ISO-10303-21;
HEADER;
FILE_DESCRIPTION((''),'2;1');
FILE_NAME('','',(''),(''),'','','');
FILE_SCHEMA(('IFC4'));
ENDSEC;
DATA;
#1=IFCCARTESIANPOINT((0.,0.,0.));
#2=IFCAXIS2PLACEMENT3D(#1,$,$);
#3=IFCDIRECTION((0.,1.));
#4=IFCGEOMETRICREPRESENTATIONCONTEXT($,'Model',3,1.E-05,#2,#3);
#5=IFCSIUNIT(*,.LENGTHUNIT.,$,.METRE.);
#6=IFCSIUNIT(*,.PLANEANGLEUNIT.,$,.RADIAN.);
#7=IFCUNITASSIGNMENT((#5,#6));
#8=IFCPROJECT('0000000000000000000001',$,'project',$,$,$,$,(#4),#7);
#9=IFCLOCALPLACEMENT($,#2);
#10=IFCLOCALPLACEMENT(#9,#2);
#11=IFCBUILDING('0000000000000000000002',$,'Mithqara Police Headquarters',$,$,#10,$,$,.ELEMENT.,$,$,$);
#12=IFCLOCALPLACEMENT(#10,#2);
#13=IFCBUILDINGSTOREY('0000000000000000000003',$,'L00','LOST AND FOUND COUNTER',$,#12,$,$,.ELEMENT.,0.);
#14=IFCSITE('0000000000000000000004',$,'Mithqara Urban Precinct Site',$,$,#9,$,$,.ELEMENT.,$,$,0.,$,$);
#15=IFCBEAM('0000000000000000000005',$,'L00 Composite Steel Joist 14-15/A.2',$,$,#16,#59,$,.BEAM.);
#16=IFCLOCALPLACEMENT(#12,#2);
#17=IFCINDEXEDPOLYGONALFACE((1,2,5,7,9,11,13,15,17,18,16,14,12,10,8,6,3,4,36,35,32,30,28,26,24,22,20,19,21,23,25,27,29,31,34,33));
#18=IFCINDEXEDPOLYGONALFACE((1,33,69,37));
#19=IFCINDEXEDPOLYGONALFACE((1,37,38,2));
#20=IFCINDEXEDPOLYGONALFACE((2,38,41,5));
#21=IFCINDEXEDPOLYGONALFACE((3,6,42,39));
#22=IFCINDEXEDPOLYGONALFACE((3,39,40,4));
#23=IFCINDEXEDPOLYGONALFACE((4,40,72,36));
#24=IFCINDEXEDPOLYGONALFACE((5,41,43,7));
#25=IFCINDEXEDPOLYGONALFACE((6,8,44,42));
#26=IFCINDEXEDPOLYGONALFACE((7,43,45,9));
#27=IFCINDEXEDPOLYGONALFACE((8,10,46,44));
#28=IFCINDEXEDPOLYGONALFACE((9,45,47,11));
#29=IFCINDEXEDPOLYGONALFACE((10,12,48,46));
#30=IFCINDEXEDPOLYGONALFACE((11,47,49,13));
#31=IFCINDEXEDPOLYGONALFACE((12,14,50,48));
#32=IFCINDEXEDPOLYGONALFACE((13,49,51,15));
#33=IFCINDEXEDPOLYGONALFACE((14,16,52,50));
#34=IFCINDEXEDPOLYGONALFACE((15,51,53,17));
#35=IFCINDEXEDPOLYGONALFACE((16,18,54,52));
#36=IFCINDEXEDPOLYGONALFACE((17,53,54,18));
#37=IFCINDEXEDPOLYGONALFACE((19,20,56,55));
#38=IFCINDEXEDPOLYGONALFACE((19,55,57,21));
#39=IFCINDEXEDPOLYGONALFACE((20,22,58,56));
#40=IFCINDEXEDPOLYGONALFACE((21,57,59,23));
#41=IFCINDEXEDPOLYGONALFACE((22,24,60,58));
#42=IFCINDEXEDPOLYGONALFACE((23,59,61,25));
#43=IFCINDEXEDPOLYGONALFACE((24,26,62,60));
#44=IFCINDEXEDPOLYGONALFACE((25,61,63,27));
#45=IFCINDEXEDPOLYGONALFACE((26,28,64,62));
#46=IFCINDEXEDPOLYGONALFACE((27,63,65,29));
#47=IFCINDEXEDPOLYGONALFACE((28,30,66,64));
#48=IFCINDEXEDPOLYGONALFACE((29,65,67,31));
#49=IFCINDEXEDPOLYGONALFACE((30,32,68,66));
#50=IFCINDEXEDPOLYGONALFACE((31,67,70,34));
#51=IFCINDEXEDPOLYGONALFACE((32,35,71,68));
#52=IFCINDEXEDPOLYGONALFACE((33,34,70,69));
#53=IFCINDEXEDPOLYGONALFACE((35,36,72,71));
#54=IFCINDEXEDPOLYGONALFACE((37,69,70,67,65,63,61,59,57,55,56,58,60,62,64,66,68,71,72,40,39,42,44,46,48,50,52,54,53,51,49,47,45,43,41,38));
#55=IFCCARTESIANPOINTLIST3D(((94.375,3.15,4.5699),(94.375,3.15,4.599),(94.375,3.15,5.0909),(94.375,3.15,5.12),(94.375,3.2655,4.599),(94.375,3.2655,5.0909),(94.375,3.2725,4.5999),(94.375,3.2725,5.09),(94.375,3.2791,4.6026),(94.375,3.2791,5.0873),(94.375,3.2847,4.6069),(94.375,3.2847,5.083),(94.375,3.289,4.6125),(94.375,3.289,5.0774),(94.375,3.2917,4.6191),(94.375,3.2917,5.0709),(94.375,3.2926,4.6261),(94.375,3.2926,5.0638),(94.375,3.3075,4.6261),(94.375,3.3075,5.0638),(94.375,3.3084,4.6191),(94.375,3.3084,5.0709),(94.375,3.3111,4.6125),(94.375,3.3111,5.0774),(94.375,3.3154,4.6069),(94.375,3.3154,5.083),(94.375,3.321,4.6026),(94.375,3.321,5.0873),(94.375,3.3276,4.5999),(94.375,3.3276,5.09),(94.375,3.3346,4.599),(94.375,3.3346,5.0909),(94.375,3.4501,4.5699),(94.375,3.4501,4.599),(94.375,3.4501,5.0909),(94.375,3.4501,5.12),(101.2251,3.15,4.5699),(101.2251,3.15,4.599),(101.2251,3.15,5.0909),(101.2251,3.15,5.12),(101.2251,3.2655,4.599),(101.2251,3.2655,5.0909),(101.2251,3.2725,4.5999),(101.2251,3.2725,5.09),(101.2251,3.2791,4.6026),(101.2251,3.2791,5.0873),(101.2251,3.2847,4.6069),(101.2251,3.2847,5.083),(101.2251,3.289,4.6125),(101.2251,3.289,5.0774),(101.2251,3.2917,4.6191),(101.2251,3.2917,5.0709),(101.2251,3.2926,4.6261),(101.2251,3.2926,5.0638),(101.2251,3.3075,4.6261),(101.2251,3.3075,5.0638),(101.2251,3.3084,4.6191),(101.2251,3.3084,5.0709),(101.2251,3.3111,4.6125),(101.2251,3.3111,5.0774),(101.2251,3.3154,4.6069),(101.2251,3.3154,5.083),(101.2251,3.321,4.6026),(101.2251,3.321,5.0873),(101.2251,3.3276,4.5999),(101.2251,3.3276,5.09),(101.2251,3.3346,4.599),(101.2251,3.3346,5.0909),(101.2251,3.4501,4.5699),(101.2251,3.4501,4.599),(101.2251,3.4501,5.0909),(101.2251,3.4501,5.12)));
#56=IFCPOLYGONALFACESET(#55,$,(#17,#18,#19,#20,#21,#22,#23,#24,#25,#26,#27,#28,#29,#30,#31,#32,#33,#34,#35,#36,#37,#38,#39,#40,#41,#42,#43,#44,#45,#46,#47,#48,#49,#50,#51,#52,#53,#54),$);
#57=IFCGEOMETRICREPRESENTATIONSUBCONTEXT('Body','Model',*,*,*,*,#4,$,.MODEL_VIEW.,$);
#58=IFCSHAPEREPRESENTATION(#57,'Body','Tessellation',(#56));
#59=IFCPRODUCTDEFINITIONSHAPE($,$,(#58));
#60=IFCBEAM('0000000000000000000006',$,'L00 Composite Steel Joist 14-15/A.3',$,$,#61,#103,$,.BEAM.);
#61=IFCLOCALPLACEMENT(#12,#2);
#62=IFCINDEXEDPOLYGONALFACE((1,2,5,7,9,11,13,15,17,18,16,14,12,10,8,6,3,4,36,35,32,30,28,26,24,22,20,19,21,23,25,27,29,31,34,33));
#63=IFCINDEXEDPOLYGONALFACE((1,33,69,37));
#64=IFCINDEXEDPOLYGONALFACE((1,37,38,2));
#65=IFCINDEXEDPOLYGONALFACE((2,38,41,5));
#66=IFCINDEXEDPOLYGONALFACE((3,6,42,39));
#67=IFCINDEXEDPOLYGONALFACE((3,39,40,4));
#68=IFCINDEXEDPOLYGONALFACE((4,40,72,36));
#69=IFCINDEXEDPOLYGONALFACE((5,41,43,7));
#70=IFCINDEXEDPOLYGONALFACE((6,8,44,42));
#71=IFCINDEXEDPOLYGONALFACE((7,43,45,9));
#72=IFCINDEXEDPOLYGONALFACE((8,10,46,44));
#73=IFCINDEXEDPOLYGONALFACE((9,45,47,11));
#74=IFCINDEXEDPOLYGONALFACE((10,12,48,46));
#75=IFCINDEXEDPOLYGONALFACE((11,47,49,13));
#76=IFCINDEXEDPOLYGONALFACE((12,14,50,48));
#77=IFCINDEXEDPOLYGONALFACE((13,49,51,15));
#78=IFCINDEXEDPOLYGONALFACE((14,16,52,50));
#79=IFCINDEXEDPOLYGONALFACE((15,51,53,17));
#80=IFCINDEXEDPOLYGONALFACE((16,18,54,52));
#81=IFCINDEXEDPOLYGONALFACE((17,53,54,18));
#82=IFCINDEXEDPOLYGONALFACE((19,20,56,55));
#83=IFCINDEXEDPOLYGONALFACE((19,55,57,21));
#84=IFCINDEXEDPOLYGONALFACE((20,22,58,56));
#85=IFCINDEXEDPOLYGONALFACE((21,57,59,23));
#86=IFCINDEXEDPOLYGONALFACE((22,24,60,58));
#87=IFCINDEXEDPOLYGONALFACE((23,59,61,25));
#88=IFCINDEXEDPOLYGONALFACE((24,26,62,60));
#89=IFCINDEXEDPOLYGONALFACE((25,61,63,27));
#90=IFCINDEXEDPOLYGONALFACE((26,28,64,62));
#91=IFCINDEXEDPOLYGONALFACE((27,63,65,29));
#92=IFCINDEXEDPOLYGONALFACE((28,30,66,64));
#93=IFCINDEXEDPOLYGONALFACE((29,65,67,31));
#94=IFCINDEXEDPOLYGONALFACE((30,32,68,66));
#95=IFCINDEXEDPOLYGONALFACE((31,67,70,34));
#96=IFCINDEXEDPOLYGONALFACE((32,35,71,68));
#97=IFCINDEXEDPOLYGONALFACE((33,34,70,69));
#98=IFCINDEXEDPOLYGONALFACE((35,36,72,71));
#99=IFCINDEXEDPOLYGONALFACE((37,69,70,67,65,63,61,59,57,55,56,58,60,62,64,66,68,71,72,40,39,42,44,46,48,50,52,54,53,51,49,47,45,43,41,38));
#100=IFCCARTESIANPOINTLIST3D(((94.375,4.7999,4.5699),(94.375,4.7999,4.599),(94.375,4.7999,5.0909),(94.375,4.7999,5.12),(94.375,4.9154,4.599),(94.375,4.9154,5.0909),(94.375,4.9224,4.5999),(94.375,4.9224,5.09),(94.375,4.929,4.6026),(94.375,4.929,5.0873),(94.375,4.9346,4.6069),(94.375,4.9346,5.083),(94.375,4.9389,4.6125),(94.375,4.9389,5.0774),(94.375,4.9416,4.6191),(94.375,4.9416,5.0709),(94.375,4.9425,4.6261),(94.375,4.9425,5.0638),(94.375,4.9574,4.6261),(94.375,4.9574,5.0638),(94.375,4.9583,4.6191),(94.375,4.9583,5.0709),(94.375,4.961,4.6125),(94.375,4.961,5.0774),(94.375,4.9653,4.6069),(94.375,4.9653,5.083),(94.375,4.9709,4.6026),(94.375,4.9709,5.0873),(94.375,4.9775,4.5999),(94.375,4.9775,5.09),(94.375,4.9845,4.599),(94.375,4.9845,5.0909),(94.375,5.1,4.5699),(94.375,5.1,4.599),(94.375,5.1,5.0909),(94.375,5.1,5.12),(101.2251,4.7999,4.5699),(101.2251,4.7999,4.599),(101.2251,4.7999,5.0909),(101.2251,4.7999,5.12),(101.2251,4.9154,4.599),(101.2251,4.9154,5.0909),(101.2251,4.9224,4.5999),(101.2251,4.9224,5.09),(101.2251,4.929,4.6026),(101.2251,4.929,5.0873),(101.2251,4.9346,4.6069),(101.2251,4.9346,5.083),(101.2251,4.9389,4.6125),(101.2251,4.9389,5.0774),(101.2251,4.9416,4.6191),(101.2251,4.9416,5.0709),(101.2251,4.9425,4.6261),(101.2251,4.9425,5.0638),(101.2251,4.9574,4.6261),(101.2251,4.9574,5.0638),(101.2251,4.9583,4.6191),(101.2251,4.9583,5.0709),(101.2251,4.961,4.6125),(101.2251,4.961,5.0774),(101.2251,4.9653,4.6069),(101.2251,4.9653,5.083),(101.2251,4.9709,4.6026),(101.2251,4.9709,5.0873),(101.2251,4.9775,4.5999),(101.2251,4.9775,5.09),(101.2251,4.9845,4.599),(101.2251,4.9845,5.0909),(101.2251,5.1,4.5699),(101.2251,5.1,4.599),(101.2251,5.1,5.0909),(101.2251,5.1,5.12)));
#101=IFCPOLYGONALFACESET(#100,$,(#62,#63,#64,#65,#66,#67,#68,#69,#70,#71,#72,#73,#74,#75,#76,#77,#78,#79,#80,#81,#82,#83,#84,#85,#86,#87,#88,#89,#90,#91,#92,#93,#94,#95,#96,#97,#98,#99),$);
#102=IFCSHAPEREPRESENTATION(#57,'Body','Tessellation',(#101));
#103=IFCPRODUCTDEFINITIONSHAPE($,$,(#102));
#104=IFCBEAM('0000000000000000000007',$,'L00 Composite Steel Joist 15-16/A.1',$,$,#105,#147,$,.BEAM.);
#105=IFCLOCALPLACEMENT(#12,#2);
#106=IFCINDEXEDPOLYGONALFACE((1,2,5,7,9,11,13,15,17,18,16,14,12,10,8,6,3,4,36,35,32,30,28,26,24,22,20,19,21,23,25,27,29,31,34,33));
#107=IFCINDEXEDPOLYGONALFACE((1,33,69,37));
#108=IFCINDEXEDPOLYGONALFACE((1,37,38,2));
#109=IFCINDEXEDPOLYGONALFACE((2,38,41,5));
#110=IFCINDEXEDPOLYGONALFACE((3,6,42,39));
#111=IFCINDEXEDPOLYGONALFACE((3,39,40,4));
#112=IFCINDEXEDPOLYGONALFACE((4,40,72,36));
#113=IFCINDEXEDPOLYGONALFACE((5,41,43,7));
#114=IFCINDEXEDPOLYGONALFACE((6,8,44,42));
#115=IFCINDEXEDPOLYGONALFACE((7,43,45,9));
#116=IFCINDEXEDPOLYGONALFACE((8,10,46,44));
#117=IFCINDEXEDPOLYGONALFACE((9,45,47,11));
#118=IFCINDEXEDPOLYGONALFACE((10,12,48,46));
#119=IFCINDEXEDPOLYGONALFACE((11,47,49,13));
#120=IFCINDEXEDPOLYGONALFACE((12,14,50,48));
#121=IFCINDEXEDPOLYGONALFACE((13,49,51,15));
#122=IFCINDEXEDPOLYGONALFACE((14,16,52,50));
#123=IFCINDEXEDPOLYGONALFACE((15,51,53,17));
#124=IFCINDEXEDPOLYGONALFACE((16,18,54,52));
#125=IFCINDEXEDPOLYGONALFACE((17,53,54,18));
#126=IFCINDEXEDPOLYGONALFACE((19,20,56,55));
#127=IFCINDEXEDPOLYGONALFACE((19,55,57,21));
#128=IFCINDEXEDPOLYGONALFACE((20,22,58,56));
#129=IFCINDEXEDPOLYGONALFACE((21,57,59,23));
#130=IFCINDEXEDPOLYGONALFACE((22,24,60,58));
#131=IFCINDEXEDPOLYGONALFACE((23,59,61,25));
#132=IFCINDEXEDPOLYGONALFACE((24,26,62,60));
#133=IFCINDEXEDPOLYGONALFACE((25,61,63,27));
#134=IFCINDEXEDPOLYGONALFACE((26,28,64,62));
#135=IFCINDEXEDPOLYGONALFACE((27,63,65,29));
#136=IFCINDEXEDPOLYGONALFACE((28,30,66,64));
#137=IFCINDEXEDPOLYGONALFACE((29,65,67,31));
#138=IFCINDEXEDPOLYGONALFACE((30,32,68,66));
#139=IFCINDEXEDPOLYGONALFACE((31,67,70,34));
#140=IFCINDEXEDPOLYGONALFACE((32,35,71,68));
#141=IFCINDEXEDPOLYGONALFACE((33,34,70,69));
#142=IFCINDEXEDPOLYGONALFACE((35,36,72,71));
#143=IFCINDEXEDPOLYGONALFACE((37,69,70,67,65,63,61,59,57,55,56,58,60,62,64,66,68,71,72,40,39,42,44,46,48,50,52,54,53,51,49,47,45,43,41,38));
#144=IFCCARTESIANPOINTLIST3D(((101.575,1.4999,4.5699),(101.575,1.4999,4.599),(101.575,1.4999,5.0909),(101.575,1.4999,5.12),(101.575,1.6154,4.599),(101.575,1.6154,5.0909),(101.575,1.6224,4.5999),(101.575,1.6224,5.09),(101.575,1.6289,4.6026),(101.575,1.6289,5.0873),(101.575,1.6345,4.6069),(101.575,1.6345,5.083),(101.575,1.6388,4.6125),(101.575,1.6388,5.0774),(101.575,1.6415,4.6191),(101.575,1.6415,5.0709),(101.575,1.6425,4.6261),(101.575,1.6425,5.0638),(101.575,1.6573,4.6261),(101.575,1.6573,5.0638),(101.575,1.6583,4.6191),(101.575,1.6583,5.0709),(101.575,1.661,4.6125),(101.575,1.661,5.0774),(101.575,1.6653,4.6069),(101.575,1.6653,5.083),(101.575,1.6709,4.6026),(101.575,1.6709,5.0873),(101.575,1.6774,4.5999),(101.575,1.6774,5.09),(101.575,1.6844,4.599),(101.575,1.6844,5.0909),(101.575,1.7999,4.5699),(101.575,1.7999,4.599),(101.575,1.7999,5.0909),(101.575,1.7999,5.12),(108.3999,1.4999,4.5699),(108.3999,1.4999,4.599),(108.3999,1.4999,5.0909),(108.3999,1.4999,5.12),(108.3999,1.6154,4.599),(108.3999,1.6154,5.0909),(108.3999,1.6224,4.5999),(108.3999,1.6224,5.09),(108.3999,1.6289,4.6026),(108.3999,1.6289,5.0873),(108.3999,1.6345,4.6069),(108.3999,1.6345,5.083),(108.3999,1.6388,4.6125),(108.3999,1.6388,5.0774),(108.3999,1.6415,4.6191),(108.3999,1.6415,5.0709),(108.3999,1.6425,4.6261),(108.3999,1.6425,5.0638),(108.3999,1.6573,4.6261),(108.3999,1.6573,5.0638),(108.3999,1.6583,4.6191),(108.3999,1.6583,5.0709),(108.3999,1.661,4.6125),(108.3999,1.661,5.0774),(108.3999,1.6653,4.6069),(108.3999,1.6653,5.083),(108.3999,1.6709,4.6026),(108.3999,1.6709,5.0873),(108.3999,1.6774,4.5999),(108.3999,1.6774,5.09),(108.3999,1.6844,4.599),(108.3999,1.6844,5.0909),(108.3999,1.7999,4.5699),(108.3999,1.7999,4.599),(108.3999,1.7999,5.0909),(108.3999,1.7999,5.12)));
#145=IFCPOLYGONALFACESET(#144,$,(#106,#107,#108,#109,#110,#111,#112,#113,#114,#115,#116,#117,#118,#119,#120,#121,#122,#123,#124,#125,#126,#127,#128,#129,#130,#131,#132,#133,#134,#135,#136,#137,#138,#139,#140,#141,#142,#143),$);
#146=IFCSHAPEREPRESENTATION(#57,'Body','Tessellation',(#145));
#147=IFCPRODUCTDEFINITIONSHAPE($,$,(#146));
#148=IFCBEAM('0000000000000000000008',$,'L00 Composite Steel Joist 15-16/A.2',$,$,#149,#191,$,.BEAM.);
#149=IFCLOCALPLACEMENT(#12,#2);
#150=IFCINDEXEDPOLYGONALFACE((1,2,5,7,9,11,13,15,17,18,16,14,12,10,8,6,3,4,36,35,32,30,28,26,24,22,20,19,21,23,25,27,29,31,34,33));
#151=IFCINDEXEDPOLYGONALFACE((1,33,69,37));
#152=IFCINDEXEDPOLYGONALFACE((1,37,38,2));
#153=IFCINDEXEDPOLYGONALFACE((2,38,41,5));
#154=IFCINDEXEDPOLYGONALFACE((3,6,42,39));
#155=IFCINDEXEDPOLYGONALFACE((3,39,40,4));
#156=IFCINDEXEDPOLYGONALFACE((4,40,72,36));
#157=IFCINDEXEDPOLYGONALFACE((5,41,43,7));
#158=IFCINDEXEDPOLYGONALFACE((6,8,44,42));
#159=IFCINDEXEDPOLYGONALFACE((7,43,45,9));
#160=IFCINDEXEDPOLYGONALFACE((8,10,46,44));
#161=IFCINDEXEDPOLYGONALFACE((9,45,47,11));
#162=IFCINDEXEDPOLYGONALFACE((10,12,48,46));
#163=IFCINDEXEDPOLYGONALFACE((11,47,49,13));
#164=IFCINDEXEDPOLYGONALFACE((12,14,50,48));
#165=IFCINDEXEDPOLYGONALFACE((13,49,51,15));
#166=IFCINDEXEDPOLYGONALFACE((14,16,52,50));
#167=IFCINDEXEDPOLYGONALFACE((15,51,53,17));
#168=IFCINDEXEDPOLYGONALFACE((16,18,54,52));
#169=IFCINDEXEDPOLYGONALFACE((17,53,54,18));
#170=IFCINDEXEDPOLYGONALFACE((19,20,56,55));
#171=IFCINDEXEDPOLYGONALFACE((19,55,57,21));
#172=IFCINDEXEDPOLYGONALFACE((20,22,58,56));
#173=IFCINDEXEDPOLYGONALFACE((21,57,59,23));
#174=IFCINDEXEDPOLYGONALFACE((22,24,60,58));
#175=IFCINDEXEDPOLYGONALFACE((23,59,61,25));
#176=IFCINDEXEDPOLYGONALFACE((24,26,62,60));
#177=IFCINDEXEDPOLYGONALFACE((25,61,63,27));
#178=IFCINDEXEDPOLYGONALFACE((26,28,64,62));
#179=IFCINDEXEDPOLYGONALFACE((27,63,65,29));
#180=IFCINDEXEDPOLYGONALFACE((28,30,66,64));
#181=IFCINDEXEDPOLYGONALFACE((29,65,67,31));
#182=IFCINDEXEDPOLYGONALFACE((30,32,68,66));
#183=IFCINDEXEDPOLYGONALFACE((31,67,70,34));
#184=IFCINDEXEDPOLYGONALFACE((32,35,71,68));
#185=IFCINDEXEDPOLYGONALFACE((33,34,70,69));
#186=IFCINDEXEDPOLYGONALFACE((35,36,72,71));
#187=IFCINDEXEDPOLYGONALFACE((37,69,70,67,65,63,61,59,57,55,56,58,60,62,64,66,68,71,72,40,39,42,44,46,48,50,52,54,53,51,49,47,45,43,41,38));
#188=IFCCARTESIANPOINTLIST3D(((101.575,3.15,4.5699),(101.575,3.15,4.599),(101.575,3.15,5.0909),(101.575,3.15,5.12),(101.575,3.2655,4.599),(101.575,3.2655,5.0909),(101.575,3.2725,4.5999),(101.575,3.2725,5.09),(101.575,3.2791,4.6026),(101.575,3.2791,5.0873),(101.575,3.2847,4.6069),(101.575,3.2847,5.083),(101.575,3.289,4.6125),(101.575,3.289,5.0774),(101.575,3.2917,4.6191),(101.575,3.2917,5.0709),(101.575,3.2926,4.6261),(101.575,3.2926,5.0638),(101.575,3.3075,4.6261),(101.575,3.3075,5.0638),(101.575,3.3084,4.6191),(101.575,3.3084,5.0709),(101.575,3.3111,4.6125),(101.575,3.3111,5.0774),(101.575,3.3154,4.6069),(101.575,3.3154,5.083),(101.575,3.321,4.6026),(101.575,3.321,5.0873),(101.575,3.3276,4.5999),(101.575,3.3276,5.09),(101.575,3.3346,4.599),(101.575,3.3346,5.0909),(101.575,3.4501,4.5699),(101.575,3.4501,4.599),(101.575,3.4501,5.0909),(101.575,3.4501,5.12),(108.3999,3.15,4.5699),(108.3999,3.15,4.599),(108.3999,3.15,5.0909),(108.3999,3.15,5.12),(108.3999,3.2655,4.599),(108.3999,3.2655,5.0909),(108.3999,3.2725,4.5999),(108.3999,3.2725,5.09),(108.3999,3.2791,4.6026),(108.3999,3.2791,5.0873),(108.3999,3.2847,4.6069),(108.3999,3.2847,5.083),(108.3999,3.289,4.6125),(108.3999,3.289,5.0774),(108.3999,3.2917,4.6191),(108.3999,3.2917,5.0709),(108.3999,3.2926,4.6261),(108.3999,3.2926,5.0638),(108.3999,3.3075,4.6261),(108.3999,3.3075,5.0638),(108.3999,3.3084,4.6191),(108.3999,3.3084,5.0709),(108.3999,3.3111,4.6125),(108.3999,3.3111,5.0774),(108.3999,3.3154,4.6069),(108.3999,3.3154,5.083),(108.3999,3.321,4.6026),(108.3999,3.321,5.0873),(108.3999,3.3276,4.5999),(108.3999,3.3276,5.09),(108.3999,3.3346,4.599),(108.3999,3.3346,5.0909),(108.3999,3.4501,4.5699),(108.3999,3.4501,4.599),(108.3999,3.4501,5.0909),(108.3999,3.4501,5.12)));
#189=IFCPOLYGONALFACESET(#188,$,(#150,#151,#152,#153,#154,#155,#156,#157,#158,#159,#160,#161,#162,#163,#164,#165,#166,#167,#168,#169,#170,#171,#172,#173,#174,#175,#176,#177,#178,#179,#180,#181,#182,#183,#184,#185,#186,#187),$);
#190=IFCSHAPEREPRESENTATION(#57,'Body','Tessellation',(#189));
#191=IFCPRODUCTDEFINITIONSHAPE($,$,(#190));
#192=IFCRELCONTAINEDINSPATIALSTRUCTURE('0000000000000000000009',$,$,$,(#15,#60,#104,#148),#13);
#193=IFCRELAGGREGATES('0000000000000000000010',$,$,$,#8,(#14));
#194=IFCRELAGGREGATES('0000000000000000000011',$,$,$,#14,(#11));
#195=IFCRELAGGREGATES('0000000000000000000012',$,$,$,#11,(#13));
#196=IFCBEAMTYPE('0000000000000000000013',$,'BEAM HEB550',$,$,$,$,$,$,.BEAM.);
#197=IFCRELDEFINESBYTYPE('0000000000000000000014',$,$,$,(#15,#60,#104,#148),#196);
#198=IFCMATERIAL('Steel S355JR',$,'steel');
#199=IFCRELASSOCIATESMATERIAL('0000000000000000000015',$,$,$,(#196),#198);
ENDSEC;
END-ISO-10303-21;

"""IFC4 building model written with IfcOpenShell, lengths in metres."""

from ifc_helpers import new_model, si_unit, direction, frame, origin, origin_2d, place, context, subcontext, project, spatial, i_section, extrude, material, material_profile, profile_set, type_object, element, save


model = new_model("IFC4")

# Units and contexts
model_context = context("Model", 3, precision=1e-05, world=origin(), true_north=direction((0.0, 1.0)))
body_context = subcontext(model_context, "Body", "Model", "MODEL_VIEW")
ifc_project = project(units=[si_unit("LENGTHUNIT", "METRE"), si_unit("PLANEANGLEUNIT", "RADIAN")], contexts=[model_context])

# Site, building, storey
site_placement = place(None, origin())
site = spatial("IfcSite", under=ifc_project, at=site_placement, Name="Mithqara Urban Precinct Site", CompositionType="ELEMENT", RefElevation=0.0)
building_placement = place(site_placement, origin())
building = spatial("IfcBuilding", under=site, at=building_placement, Name="Mithqara Police Headquarters", CompositionType="ELEMENT")
storey_placement = place(building_placement, origin())
storey = spatial("IfcBuildingStorey", under=building, at=storey_placement, Name="L00", Description="LOST AND FOUND COUNTER", CompositionType="ELEMENT", Elevation=0.0)

# Beams
ifc_material_1 = material(Name="Steel S355JR", Category="steel")
ifc_material_profile_1 = material_profile(ifc_material_1, i_section(OverallWidth=0.3, OverallDepth=0.55, WebThickness=0.0149, FlangeThickness=0.0291, FilletRadius=0.0271, at=origin_2d()), Name="HEB 550")
ifc_profile_set_1 = profile_set([ifc_material_profile_1], Name="Steel S355JR")
beam_type_1 = type_object("IfcBeamType", Name="BEAM HEB550", PredefinedType="BEAM", material=ifc_profile_set_1)
for number, where, z_axis, x_axis, name in (
    (1, (94.375, 3.3, 4.845), (1.0, 0.0, 0.0), (0.0, 1.0, 0.0), "L00 Composite Steel Joist 14-15/A.2"),
    (2, (94.375, 4.95, 4.845), (1.0, 0.0, 0.0), (0.0, 1.0, 0.0), "L00 Composite Steel Joist 14-15/A.3"),
):
    element("IfcBeam", number, at=place(storey_placement, frame(where, z_axis=z_axis, x_axis=x_axis)), inside=storey, type_object=beam_type_1, Name=name, PredefinedType="BEAM", context=body_context, shape_type="SweptSolid", body=[
        extrude(i_section(OverallWidth=0.3, OverallDepth=0.55, WebThickness=0.0149, FlangeThickness=0.0291, FilletRadius=0.0271, at=origin_2d()), origin(), (0.0, 0.0, 1.0), 6.8501),
    ])
for number, where, z_axis, x_axis, name in (
    (3, (101.575, 1.6499, 4.845), (1.0, 0.0, 0.0), (0.0, 1.0, 0.0), "L00 Composite Steel Joist 15-16/A.1"),
    (4, (101.575, 3.3, 4.845), (1.0, 0.0, 0.0), (0.0, 1.0, 0.0), "L00 Composite Steel Joist 15-16/A.2"),
):
    element("IfcBeam", number, at=place(storey_placement, frame(where, z_axis=z_axis, x_axis=x_axis)), inside=storey, type_object=beam_type_1, Name=name, PredefinedType="BEAM", context=body_context, shape_type="SweptSolid", body=[
        extrude(i_section(OverallWidth=0.3, OverallDepth=0.55, WebThickness=0.0149, FlangeThickness=0.0291, FilletRadius=0.0271, at=origin_2d()), origin(), (0.0, 0.0, 1.0), 6.825),
    ])

save(model, "model.ifc")
